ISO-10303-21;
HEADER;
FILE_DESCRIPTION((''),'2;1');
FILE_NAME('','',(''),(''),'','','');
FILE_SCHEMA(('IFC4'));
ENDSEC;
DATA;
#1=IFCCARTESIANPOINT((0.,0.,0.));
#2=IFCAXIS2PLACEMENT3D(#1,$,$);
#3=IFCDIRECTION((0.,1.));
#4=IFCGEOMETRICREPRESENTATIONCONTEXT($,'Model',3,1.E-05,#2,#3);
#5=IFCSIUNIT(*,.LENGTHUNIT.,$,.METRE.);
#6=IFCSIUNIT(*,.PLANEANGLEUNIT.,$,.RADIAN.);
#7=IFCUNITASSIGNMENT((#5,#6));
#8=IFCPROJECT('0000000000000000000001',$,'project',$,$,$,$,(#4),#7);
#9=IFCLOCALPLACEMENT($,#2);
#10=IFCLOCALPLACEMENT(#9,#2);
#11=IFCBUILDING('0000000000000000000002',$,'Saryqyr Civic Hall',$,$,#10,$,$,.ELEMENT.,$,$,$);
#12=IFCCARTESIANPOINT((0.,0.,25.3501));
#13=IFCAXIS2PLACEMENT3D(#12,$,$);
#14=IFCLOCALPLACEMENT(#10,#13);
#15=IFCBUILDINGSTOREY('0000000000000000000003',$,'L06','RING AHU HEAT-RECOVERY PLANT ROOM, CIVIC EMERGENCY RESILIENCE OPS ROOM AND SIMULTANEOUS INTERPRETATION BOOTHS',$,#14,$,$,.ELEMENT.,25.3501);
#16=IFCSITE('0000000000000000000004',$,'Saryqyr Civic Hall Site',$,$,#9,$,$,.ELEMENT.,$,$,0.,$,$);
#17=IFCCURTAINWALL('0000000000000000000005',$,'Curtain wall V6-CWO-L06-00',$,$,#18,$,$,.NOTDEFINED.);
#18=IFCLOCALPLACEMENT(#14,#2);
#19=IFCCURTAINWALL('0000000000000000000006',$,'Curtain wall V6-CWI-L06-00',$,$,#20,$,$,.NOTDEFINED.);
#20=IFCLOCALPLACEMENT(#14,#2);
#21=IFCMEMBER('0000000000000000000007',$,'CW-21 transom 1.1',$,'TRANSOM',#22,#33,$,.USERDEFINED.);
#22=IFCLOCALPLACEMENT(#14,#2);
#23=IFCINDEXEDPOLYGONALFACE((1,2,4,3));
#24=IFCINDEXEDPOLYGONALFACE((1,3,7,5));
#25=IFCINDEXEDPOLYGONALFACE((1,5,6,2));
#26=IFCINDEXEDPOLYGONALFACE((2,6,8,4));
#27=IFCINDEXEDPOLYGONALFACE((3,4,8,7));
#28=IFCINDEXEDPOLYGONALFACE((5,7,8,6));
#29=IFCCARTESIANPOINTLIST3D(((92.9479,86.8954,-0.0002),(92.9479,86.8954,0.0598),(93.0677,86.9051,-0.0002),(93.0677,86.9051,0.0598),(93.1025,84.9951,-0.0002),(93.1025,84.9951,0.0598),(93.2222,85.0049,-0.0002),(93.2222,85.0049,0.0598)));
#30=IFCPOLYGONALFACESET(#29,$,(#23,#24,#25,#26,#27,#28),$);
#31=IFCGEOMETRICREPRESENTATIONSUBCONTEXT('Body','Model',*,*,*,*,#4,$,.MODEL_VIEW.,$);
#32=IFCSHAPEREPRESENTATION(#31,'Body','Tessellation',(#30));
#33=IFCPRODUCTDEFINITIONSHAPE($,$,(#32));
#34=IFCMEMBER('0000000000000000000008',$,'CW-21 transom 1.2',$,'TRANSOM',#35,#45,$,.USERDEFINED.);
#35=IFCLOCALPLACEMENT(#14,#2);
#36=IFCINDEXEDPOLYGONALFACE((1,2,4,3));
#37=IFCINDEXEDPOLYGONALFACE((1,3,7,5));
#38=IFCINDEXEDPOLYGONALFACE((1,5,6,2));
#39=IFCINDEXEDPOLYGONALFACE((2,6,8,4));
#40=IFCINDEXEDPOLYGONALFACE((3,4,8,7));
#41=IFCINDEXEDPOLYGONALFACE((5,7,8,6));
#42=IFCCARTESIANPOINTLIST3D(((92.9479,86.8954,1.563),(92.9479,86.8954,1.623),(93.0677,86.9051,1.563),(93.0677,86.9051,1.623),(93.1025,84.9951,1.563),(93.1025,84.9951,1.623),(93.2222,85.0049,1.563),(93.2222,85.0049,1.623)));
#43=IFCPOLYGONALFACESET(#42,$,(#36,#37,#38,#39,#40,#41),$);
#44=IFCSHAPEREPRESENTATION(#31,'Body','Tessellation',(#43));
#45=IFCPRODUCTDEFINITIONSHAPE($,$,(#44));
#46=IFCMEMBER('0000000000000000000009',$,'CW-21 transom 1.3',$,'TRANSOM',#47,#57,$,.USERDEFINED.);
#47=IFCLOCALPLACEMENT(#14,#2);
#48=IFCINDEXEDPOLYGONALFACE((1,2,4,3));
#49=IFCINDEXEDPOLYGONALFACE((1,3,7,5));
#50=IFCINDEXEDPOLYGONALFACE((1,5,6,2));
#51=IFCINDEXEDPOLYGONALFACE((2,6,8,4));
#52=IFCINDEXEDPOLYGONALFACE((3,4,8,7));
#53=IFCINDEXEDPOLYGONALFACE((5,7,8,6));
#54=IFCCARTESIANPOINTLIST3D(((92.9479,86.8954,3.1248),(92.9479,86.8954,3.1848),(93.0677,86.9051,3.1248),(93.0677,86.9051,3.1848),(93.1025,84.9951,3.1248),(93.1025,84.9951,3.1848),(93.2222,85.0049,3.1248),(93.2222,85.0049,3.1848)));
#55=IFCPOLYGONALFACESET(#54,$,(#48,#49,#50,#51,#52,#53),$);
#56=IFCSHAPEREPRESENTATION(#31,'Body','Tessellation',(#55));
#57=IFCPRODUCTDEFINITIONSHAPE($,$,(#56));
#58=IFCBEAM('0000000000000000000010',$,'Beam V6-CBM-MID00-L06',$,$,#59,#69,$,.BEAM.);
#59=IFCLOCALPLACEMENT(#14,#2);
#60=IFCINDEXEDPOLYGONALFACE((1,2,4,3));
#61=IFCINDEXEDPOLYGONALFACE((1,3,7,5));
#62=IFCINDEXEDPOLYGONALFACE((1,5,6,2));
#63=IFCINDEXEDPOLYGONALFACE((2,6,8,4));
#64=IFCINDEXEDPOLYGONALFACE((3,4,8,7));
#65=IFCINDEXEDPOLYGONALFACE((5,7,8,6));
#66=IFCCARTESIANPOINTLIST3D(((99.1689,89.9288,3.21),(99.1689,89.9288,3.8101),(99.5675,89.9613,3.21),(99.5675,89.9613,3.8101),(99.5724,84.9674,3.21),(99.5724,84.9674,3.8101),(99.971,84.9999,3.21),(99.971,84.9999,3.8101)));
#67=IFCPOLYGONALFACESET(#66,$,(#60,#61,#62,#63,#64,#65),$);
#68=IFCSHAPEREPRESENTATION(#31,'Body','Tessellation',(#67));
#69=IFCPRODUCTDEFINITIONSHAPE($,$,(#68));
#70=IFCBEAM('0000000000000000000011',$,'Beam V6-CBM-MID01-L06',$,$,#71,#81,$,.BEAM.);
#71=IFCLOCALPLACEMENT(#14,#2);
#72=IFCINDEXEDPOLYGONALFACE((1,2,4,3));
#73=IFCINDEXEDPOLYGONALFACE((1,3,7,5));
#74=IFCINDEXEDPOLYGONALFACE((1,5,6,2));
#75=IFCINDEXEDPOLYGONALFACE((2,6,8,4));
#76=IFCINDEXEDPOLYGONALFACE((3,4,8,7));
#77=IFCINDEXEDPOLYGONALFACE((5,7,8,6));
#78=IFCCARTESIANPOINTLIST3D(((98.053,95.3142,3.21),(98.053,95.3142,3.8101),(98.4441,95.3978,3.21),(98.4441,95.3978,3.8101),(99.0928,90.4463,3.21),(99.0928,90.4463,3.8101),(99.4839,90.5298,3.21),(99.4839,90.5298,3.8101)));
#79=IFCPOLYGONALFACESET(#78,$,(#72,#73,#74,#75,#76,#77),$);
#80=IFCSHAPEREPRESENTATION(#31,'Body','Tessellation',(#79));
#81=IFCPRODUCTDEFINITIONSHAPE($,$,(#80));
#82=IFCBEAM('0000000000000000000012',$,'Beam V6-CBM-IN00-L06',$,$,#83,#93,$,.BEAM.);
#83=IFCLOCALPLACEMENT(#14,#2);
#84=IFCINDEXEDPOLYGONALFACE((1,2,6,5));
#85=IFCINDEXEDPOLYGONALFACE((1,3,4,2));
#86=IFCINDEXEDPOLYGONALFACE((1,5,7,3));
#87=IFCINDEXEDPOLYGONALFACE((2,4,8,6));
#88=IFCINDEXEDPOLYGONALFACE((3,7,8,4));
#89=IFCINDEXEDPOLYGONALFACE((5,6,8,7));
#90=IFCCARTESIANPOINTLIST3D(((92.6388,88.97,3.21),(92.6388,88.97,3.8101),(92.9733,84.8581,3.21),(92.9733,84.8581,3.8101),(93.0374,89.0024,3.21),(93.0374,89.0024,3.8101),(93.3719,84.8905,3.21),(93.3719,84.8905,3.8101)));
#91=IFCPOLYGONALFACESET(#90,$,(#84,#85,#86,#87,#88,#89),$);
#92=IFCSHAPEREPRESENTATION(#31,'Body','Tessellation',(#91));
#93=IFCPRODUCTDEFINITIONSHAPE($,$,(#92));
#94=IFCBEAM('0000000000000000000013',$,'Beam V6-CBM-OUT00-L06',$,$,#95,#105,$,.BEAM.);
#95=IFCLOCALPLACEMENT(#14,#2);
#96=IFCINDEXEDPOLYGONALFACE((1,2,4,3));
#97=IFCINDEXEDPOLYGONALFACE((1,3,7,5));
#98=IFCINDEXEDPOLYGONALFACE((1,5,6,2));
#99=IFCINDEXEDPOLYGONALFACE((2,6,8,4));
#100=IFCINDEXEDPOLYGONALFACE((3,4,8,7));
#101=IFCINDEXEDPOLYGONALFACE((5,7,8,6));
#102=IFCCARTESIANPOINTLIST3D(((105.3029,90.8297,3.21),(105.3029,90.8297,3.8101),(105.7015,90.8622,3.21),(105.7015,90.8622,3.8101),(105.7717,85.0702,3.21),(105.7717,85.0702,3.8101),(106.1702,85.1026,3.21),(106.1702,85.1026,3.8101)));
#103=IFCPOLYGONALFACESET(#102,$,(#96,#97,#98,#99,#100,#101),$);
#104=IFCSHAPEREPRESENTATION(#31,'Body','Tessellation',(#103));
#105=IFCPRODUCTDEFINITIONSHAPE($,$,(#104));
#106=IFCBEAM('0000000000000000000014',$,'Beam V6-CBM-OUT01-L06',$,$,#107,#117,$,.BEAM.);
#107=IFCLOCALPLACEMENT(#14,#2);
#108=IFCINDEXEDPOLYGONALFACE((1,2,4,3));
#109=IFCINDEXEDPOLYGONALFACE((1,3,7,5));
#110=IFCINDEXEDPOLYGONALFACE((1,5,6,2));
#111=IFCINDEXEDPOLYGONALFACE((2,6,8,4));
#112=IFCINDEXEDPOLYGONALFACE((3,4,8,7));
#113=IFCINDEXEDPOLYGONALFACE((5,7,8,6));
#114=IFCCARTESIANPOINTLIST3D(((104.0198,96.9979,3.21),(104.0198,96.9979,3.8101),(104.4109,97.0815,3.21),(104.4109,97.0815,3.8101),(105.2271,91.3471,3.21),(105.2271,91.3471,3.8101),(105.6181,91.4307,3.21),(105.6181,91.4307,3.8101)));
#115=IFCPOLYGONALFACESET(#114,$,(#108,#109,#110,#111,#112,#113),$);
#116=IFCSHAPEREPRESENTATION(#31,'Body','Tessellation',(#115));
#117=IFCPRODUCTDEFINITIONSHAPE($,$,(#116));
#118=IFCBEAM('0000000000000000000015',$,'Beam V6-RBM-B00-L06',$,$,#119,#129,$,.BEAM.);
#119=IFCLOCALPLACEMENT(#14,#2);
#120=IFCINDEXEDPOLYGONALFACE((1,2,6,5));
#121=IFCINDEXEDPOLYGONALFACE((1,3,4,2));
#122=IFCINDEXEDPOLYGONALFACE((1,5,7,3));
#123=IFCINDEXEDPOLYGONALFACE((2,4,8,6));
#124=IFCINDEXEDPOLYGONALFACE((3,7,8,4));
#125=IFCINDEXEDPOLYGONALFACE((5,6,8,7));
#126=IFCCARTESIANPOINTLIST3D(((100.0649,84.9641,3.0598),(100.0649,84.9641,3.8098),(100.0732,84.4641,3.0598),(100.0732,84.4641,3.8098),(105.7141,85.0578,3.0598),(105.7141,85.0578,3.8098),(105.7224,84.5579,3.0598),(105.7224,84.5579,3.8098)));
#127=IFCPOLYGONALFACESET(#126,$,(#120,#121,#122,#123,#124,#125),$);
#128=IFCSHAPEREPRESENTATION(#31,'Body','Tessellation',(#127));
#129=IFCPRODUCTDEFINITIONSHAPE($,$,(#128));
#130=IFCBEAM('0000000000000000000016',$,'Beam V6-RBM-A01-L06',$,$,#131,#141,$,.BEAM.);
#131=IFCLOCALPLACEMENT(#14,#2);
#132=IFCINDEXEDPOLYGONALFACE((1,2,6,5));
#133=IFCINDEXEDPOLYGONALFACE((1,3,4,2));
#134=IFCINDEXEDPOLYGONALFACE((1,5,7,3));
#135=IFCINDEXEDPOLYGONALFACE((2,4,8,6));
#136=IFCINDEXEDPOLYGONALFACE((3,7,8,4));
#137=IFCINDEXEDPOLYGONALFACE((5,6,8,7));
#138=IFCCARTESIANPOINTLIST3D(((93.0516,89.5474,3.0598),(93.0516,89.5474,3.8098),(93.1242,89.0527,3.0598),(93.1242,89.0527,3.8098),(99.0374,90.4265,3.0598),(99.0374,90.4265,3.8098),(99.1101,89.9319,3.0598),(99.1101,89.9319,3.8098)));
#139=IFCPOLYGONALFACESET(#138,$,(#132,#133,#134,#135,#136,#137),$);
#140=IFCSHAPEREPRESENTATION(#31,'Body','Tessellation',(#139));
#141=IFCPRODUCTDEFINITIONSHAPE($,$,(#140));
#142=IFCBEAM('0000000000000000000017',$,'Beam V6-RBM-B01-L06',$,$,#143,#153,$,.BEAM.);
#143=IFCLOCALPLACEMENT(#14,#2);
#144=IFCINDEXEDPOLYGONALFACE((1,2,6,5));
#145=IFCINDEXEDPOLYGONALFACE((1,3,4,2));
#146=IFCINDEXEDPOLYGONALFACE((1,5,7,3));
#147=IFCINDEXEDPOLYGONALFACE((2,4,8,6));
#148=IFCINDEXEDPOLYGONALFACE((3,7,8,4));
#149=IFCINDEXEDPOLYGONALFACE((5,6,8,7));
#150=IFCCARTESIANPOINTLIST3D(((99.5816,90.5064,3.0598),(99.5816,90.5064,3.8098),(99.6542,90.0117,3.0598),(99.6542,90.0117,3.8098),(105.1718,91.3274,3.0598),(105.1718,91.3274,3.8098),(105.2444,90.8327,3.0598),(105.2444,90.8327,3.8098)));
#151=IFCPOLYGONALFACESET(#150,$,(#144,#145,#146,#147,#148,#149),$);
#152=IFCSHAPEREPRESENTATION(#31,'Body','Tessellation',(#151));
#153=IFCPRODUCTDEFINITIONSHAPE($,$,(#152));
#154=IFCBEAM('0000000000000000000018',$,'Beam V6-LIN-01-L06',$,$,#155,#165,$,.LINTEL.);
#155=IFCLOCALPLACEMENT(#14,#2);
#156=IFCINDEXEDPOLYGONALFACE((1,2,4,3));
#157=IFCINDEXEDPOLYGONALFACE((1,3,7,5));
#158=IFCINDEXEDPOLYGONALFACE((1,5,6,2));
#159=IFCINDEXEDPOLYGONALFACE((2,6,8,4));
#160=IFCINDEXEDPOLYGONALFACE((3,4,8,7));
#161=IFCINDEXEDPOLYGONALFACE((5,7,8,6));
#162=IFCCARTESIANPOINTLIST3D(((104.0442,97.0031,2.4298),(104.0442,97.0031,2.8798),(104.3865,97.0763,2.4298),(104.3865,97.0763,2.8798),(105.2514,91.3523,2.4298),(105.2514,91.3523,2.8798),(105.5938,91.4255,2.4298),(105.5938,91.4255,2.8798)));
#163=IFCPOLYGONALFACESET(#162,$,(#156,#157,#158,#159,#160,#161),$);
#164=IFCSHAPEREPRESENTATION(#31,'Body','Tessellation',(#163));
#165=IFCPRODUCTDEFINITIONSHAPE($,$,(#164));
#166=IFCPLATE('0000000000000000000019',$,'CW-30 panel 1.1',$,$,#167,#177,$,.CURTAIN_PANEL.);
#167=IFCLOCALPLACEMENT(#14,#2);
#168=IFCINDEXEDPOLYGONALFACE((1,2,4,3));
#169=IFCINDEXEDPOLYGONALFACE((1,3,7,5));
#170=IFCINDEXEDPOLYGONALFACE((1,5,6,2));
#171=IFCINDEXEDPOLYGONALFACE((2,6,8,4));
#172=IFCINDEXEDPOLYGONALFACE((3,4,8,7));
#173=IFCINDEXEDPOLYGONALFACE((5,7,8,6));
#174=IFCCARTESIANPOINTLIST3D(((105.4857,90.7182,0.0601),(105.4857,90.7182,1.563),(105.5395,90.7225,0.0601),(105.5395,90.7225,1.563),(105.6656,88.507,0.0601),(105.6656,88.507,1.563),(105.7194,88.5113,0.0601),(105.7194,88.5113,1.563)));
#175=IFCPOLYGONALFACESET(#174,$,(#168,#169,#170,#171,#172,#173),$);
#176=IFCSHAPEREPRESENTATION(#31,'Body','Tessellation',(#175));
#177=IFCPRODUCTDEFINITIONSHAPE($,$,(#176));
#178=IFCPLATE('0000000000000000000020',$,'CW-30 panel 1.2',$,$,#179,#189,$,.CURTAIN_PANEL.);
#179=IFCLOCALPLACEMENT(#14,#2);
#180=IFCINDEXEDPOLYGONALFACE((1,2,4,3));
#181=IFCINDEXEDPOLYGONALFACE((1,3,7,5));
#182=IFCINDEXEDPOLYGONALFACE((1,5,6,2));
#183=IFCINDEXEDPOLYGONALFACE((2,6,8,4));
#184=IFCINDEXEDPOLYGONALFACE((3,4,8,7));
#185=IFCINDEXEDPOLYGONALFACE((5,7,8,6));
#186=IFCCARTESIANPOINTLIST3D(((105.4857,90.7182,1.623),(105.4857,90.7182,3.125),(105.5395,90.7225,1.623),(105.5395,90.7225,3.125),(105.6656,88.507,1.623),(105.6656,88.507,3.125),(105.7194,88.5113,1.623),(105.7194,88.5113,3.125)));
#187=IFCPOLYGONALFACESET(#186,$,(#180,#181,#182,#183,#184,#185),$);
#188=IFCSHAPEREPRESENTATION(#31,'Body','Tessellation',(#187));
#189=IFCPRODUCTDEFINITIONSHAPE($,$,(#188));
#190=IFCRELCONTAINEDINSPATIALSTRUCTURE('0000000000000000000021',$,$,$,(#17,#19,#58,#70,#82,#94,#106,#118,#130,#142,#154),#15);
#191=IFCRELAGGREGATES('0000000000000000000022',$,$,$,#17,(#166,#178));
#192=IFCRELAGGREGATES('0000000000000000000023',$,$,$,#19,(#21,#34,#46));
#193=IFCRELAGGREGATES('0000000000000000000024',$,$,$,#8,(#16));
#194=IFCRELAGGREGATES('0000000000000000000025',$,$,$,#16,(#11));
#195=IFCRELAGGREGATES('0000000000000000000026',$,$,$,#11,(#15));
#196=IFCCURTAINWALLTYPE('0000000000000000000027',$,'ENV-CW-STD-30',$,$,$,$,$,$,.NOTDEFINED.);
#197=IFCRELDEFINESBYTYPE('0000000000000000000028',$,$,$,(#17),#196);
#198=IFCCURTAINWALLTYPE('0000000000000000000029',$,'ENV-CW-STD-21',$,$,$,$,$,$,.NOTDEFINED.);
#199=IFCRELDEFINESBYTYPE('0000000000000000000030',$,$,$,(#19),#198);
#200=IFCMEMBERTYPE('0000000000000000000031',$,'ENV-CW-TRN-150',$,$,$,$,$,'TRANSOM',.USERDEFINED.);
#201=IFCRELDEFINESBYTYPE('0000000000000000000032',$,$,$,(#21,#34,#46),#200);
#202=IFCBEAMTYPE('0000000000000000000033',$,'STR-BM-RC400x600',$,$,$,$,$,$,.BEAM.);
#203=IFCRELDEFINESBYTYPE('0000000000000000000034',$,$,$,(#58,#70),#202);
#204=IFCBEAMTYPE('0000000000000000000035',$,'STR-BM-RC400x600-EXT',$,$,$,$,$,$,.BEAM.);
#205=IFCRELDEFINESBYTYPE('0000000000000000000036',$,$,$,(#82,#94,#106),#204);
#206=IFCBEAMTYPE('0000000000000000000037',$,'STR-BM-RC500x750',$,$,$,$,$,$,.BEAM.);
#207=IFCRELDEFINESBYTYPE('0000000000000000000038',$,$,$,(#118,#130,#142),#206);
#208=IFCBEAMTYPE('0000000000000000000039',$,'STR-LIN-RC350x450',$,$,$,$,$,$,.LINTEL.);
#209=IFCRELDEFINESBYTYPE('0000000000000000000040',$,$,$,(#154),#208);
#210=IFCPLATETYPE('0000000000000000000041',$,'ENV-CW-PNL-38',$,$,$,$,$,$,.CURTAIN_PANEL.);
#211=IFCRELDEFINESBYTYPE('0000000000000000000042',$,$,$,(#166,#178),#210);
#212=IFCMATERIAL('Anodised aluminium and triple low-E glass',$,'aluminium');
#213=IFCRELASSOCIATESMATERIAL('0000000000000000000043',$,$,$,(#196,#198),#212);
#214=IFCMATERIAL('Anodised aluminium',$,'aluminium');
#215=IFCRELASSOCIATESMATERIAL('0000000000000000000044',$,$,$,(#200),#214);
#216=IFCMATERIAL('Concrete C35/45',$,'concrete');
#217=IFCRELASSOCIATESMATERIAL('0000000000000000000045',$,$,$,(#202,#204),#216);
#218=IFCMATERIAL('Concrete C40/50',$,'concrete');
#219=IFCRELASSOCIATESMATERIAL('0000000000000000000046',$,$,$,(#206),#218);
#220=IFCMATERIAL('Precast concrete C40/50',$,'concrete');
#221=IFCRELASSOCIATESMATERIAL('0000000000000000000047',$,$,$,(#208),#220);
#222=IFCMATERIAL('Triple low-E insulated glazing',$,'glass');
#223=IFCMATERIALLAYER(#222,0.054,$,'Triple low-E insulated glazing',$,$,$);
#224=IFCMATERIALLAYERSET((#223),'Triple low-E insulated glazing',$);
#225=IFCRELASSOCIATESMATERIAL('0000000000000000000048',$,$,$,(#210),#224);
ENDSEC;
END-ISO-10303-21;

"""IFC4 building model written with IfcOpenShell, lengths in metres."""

from ifc_helpers import new_model, si_unit, direction, frame, origin, origin_2d, place, context, subcontext, project, spatial, rectangle, extrude, material, layer, layer_set, material_profile, profile_set, type_object, element, aggregate, save


model = new_model("IFC4")

# Units and contexts
model_context = context("Model", 3, precision=1e-05, world=origin(), true_north=direction((0.0, 1.0)))
body_context = subcontext(model_context, "Body", "Model", "MODEL_VIEW")
ifc_project = project(units=[si_unit("LENGTHUNIT", "METRE"), si_unit("PLANEANGLEUNIT", "RADIAN")], contexts=[model_context])

# Site, building, storey
site_placement = place(None, origin())
site = spatial("IfcSite", under=ifc_project, at=site_placement, Name="Saryqyr Civic Hall Site", CompositionType="ELEMENT", RefElevation=0.0)
building_placement = place(site_placement, origin())
building = spatial("IfcBuilding", under=site, at=building_placement, Name="Saryqyr Civic Hall", CompositionType="ELEMENT")
storey_placement = place(building_placement, frame((0.0, 0.0, 25.3501)))
storey = spatial("IfcBuildingStorey", under=building, at=storey_placement, Name="L06", Description="RING AHU HEAT-RECOVERY PLANT ROOM, CIVIC EMERGENCY RESILIENCE OPS ROOM AND SIMULTANEOUS INTERPRETATION BOOTHS", CompositionType="ELEMENT", Elevation=25.3501)

# Shared definitions
ifc_material_1 = material(Name="Concrete C40/50", Category="concrete")

# Curtain wall
ifc_material_2 = material(Name="Anodised aluminium and triple low-E glass", Category="aluminium")
curtain_wall_type_1 = type_object("IfcCurtainWallType", Name="ENV-CW-STD-30", PredefinedType="NOTDEFINED", material=ifc_material_2)
curtain_wall_1_placement = place(storey_placement, origin())
curtain_wall_1 = element("IfcCurtainWall", 1, at=curtain_wall_1_placement, inside=storey, type_object=curtain_wall_type_1, Name="Curtain wall V6-CWO-L06-00", PredefinedType="NOTDEFINED")
ifc_material_3 = material(Name="Anodised aluminium", Category="aluminium")

# Curtain wall
curtain_wall_type_2 = type_object("IfcCurtainWallType", Name="ENV-CW-STD-21", PredefinedType="NOTDEFINED", material=ifc_material_2)
curtain_wall_2_placement = place(storey_placement, origin())
curtain_wall_2 = element("IfcCurtainWall", 2, at=curtain_wall_2_placement, inside=storey, type_object=curtain_wall_type_2, Name="Curtain wall V6-CWI-L06-00", PredefinedType="NOTDEFINED")

# Members
ifc_material_profile_1 = material_profile(ifc_material_3, rectangle(XDim=0.1201, YDim=0.0601, at=origin_2d()), Name="ALU TRANSOM 120x60")
ifc_profile_set_1 = profile_set([ifc_material_profile_1], Name="Anodised aluminium")
member_type_1 = type_object("IfcMemberType", Name="ENV-CW-TRN-150", ElementType="TRANSOM", PredefinedType="USERDEFINED", material=ifc_profile_set_1)
member_1_placement = place(storey_placement, frame((93.1624, 85.0, 0.0298), z_axis=(-0.081063, 0.996709, 0.0), x_axis=(-0.996709, -0.081063, 0.0)))
member_1 = element("IfcMember", 3, at=member_1_placement, type_object=member_type_1, Name="CW-21 transom 1.1", ObjectType="TRANSOM", PredefinedType="USERDEFINED", context=body_context, shape_type="SweptSolid", body=[
    extrude(rectangle(XDim=0.1201, YDim=0.0601, at=origin_2d()), origin(), (0.0, 0.0, 1.0), 1.9065),
])
member_2_placement = place(storey_placement, frame((93.1624, 85.0, 1.593), z_axis=(-0.081063, 0.996709, 0.0), x_axis=(-0.996709, -0.081063, 0.0)))
member_2 = element("IfcMember", 4, at=member_2_placement, type_object=member_type_1, Name="CW-21 transom 1.2", ObjectType="TRANSOM", PredefinedType="USERDEFINED", context=body_context, shape_type="SweptSolid", body=[
    extrude(rectangle(XDim=0.1201, YDim=0.0601, at=origin_2d()), origin(), (0.0, 0.0, 1.0), 1.9065),
])
member_3_placement = place(storey_placement, frame((93.1624, 85.0, 3.1548), z_axis=(-0.081063, 0.996709, 0.0), x_axis=(-0.996709, -0.081063, 0.0)))
member_3 = element("IfcMember", 5, at=member_3_placement, type_object=member_type_1, Name="CW-21 transom 1.3", ObjectType="TRANSOM", PredefinedType="USERDEFINED", context=body_context, shape_type="SweptSolid", body=[
    extrude(rectangle(XDim=0.1201, YDim=0.0601, at=origin_2d()), origin(), (0.0, 0.0, 1.0), 1.9065),
])

# Beams
ifc_material_4 = material(Name="Concrete C35/45", Category="concrete")
ifc_material_profile_2 = material_profile(ifc_material_4, rectangle(XDim=0.3999, YDim=0.6001, at=origin_2d()), Name="RC 400x600")
ifc_profile_set_2 = profile_set([ifc_material_profile_2], Name="Concrete C35/45")
beam_type_1 = type_object("IfcBeamType", Name="STR-BM-RC400x600", PredefinedType="BEAM", material=ifc_profile_set_2)
for number, where, z_axis, x_axis, name in (
    (6, (99.7717, 84.9836, 3.51), (-0.081073, 0.996708, 0.0), (-0.996708, -0.081073, 0.0), "Beam V6-CBM-MID00-L06"),
    (7, (99.2883, 90.488, 3.51), (-0.208889, 0.977939, 0.0), (-0.977939, -0.208889, 0.0), "Beam V6-CBM-MID01-L06"),
):
    element("IfcBeam", number, at=place(storey_placement, frame(where, z_axis=z_axis, x_axis=x_axis)), inside=storey, type_object=beam_type_1, Name=name, PredefinedType="BEAM", context=body_context, shape_type="SweptSolid", body=[
        extrude(rectangle(XDim=0.3999, YDim=0.6001, at=origin_2d()), origin(), (0.0, 0.0, 1.0), 4.9778),
    ])
ifc_material_profile_3 = material_profile(ifc_material_4, rectangle(XDim=0.3999, YDim=0.6001, at=origin_2d()), Name="RC 400x600")
ifc_profile_set_3 = profile_set([ifc_material_profile_3], Name="Concrete C35/45")
beam_type_2 = type_object("IfcBeamType", Name="STR-BM-RC400x600-EXT", PredefinedType="BEAM", material=ifc_profile_set_3)
beam_1_placement = place(storey_placement, frame((93.1726, 84.8743, 3.51), z_axis=(-0.081076, 0.996708, 0.0), x_axis=(-0.996708, -0.081076, 0.0)))
element("IfcBeam", 8, at=beam_1_placement, inside=storey, type_object=beam_type_2, Name="Beam V6-CBM-IN00-L06", PredefinedType="BEAM", context=body_context, shape_type="SweptSolid", body=[
    extrude(rectangle(XDim=0.3999, YDim=0.6001, at=origin_2d()), origin(), (0.0, 0.0, 1.0), 4.1255),
])
beam_2_placement = place(storey_placement, frame((105.9709, 85.0864, 3.51), z_axis=(-0.081119, 0.996704, 0.0), x_axis=(-0.996704, -0.081119, 0.0)))
element("IfcBeam", 9, at=beam_2_placement, inside=storey, type_object=beam_type_2, Name="Beam V6-CBM-OUT00-L06", PredefinedType="BEAM", context=body_context, shape_type="SweptSolid", body=[
    extrude(rectangle(XDim=0.3999, YDim=0.6001, at=origin_2d()), origin(), (0.0, 0.0, 1.0), 5.7786),
])
beam_3_placement = place(storey_placement, frame((105.4226, 91.3889, 3.51), z_axis=(-0.208929, 0.977931, 0.0), x_axis=(-0.977931, -0.208929, 0.0)))
element("IfcBeam", 10, at=beam_3_placement, inside=storey, type_object=beam_type_2, Name="Beam V6-CBM-OUT01-L06", PredefinedType="BEAM", context=body_context, shape_type="SweptSolid", body=[
    extrude(rectangle(XDim=0.3999, YDim=0.6001, at=origin_2d()), origin(), (0.0, 0.0, 1.0), 5.7783),
])
ifc_material_profile_4 = material_profile(ifc_material_1, rectangle(XDim=0.5, YDim=0.75, at=origin_2d()), Name="RC 500x750")
ifc_profile_set_4 = profile_set([ifc_material_profile_4], Name="Concrete C40/50")
beam_type_3 = type_object("IfcBeamType", Name="STR-BM-RC500x750", PredefinedType="BEAM", material=ifc_profile_set_4)
beam_4_placement = place(storey_placement, frame((100.0691, 84.7141, 3.4348), z_axis=(0.999862, 0.016593, 0.0), x_axis=(-0.016593, 0.999862, 0.0)))
element("IfcBeam", 11, at=beam_4_placement, inside=storey, type_object=beam_type_3, Name="Beam V6-RBM-B00-L06", PredefinedType="BEAM", context=body_context, shape_type="SweptSolid", body=[
    extrude(rectangle(XDim=0.5, YDim=0.75, at=origin_2d()), origin(), (0.0, 0.0, 1.0), 5.6499),
])
beam_5_placement = place(storey_placement, frame((93.0879, 89.3, 3.4348), z_axis=(0.989386, 0.145313, 0.0), x_axis=(-0.145313, 0.989386, 0.0)))
element("IfcBeam", 12, at=beam_5_placement, inside=storey, type_object=beam_type_3, Name="Beam V6-RBM-A01-L06", PredefinedType="BEAM", context=body_context, shape_type="SweptSolid", body=[
    extrude(rectangle(XDim=0.5, YDim=0.75, at=origin_2d()), origin(), (0.0, 0.0, 1.0), 6.05),
])
beam_6_placement = place(storey_placement, frame((99.6179, 90.259, 3.4348), z_axis=(0.989385, 0.145316, 0.0), x_axis=(-0.145316, 0.989385, 0.0)))
element("IfcBeam", 13, at=beam_6_placement, inside=storey, type_object=beam_type_3, Name="Beam V6-RBM-B01-L06", PredefinedType="BEAM", context=body_context, shape_type="SweptSolid", body=[
    extrude(rectangle(XDim=0.5, YDim=0.75, at=origin_2d()), origin(), (0.0, 0.0, 1.0), 5.6501),
])
ifc_material_5 = material(Name="Precast concrete C40/50", Category="concrete")
ifc_material_profile_5 = material_profile(ifc_material_5, rectangle(XDim=0.3501, YDim=0.45, at=origin_2d()), Name="RC 350x450")
ifc_profile_set_5 = profile_set([ifc_material_profile_5], Name="Precast concrete C40/50")
beam_type_4 = type_object("IfcBeamType", Name="STR-LIN-RC350x450", PredefinedType="LINTEL", material=ifc_profile_set_5)
beam_7_placement = place(storey_placement, frame((105.4226, 91.3889, 2.6548), z_axis=(-0.208929, 0.977931, 0.0), x_axis=(-0.977931, -0.208929, 0.0)))
element("IfcBeam", 14, at=beam_7_placement, inside=storey, type_object=beam_type_4, Name="Beam V6-LIN-01-L06", PredefinedType="LINTEL", context=body_context, shape_type="SweptSolid", body=[
    extrude(rectangle(XDim=0.3501, YDim=0.45, at=origin_2d()), origin(), (0.0, 0.0, 1.0), 5.7783),
])

# Plates
ifc_material_6 = material(Name="Triple low-E insulated glazing", Category="glass")
ifc_layer_1 = layer(ifc_material_6, 0.054, Name="Triple low-E insulated glazing")
ifc_layer_set_1 = layer_set([ifc_layer_1], Name="Triple low-E insulated glazing")
plate_type = type_object("IfcPlateType", Name="ENV-CW-PNL-38", PredefinedType="CURTAIN_PANEL", material=ifc_layer_set_1)
plate_1_placement = place(storey_placement, frame((105.6025, 89.6147, 0.0601), z_axis=(0.0, 0.0, 1.0), x_axis=(0.081093, -0.996707, 0.0)))
plate_1 = element("IfcPlate", 15, at=plate_1_placement, type_object=plate_type, Name="CW-30 panel 1.1", PredefinedType="CURTAIN_PANEL", context=body_context, shape_type="SweptSolid", body=[
    extrude(rectangle(XDim=2.2185, YDim=0.054, at=origin_2d()), origin(), (0.0, 0.0, 1.0), 1.5029),
])
plate_2_placement = place(storey_placement, frame((105.6025, 89.6147, 1.623), z_axis=(0.0, 0.0, 1.0), x_axis=(0.081093, -0.996707, 0.0)))
plate_2 = element("IfcPlate", 16, at=plate_2_placement, type_object=plate_type, Name="CW-30 panel 1.2", PredefinedType="CURTAIN_PANEL", context=body_context, shape_type="SweptSolid", body=[
    extrude(rectangle(XDim=2.2185, YDim=0.054, at=origin_2d()), origin(), (0.0, 0.0, 1.0), 1.502),
])
aggregate(curtain_wall_1, [plate_1, plate_2])
aggregate(curtain_wall_2, [member_1, member_2, member_3])

save(model, "model.ifc")
